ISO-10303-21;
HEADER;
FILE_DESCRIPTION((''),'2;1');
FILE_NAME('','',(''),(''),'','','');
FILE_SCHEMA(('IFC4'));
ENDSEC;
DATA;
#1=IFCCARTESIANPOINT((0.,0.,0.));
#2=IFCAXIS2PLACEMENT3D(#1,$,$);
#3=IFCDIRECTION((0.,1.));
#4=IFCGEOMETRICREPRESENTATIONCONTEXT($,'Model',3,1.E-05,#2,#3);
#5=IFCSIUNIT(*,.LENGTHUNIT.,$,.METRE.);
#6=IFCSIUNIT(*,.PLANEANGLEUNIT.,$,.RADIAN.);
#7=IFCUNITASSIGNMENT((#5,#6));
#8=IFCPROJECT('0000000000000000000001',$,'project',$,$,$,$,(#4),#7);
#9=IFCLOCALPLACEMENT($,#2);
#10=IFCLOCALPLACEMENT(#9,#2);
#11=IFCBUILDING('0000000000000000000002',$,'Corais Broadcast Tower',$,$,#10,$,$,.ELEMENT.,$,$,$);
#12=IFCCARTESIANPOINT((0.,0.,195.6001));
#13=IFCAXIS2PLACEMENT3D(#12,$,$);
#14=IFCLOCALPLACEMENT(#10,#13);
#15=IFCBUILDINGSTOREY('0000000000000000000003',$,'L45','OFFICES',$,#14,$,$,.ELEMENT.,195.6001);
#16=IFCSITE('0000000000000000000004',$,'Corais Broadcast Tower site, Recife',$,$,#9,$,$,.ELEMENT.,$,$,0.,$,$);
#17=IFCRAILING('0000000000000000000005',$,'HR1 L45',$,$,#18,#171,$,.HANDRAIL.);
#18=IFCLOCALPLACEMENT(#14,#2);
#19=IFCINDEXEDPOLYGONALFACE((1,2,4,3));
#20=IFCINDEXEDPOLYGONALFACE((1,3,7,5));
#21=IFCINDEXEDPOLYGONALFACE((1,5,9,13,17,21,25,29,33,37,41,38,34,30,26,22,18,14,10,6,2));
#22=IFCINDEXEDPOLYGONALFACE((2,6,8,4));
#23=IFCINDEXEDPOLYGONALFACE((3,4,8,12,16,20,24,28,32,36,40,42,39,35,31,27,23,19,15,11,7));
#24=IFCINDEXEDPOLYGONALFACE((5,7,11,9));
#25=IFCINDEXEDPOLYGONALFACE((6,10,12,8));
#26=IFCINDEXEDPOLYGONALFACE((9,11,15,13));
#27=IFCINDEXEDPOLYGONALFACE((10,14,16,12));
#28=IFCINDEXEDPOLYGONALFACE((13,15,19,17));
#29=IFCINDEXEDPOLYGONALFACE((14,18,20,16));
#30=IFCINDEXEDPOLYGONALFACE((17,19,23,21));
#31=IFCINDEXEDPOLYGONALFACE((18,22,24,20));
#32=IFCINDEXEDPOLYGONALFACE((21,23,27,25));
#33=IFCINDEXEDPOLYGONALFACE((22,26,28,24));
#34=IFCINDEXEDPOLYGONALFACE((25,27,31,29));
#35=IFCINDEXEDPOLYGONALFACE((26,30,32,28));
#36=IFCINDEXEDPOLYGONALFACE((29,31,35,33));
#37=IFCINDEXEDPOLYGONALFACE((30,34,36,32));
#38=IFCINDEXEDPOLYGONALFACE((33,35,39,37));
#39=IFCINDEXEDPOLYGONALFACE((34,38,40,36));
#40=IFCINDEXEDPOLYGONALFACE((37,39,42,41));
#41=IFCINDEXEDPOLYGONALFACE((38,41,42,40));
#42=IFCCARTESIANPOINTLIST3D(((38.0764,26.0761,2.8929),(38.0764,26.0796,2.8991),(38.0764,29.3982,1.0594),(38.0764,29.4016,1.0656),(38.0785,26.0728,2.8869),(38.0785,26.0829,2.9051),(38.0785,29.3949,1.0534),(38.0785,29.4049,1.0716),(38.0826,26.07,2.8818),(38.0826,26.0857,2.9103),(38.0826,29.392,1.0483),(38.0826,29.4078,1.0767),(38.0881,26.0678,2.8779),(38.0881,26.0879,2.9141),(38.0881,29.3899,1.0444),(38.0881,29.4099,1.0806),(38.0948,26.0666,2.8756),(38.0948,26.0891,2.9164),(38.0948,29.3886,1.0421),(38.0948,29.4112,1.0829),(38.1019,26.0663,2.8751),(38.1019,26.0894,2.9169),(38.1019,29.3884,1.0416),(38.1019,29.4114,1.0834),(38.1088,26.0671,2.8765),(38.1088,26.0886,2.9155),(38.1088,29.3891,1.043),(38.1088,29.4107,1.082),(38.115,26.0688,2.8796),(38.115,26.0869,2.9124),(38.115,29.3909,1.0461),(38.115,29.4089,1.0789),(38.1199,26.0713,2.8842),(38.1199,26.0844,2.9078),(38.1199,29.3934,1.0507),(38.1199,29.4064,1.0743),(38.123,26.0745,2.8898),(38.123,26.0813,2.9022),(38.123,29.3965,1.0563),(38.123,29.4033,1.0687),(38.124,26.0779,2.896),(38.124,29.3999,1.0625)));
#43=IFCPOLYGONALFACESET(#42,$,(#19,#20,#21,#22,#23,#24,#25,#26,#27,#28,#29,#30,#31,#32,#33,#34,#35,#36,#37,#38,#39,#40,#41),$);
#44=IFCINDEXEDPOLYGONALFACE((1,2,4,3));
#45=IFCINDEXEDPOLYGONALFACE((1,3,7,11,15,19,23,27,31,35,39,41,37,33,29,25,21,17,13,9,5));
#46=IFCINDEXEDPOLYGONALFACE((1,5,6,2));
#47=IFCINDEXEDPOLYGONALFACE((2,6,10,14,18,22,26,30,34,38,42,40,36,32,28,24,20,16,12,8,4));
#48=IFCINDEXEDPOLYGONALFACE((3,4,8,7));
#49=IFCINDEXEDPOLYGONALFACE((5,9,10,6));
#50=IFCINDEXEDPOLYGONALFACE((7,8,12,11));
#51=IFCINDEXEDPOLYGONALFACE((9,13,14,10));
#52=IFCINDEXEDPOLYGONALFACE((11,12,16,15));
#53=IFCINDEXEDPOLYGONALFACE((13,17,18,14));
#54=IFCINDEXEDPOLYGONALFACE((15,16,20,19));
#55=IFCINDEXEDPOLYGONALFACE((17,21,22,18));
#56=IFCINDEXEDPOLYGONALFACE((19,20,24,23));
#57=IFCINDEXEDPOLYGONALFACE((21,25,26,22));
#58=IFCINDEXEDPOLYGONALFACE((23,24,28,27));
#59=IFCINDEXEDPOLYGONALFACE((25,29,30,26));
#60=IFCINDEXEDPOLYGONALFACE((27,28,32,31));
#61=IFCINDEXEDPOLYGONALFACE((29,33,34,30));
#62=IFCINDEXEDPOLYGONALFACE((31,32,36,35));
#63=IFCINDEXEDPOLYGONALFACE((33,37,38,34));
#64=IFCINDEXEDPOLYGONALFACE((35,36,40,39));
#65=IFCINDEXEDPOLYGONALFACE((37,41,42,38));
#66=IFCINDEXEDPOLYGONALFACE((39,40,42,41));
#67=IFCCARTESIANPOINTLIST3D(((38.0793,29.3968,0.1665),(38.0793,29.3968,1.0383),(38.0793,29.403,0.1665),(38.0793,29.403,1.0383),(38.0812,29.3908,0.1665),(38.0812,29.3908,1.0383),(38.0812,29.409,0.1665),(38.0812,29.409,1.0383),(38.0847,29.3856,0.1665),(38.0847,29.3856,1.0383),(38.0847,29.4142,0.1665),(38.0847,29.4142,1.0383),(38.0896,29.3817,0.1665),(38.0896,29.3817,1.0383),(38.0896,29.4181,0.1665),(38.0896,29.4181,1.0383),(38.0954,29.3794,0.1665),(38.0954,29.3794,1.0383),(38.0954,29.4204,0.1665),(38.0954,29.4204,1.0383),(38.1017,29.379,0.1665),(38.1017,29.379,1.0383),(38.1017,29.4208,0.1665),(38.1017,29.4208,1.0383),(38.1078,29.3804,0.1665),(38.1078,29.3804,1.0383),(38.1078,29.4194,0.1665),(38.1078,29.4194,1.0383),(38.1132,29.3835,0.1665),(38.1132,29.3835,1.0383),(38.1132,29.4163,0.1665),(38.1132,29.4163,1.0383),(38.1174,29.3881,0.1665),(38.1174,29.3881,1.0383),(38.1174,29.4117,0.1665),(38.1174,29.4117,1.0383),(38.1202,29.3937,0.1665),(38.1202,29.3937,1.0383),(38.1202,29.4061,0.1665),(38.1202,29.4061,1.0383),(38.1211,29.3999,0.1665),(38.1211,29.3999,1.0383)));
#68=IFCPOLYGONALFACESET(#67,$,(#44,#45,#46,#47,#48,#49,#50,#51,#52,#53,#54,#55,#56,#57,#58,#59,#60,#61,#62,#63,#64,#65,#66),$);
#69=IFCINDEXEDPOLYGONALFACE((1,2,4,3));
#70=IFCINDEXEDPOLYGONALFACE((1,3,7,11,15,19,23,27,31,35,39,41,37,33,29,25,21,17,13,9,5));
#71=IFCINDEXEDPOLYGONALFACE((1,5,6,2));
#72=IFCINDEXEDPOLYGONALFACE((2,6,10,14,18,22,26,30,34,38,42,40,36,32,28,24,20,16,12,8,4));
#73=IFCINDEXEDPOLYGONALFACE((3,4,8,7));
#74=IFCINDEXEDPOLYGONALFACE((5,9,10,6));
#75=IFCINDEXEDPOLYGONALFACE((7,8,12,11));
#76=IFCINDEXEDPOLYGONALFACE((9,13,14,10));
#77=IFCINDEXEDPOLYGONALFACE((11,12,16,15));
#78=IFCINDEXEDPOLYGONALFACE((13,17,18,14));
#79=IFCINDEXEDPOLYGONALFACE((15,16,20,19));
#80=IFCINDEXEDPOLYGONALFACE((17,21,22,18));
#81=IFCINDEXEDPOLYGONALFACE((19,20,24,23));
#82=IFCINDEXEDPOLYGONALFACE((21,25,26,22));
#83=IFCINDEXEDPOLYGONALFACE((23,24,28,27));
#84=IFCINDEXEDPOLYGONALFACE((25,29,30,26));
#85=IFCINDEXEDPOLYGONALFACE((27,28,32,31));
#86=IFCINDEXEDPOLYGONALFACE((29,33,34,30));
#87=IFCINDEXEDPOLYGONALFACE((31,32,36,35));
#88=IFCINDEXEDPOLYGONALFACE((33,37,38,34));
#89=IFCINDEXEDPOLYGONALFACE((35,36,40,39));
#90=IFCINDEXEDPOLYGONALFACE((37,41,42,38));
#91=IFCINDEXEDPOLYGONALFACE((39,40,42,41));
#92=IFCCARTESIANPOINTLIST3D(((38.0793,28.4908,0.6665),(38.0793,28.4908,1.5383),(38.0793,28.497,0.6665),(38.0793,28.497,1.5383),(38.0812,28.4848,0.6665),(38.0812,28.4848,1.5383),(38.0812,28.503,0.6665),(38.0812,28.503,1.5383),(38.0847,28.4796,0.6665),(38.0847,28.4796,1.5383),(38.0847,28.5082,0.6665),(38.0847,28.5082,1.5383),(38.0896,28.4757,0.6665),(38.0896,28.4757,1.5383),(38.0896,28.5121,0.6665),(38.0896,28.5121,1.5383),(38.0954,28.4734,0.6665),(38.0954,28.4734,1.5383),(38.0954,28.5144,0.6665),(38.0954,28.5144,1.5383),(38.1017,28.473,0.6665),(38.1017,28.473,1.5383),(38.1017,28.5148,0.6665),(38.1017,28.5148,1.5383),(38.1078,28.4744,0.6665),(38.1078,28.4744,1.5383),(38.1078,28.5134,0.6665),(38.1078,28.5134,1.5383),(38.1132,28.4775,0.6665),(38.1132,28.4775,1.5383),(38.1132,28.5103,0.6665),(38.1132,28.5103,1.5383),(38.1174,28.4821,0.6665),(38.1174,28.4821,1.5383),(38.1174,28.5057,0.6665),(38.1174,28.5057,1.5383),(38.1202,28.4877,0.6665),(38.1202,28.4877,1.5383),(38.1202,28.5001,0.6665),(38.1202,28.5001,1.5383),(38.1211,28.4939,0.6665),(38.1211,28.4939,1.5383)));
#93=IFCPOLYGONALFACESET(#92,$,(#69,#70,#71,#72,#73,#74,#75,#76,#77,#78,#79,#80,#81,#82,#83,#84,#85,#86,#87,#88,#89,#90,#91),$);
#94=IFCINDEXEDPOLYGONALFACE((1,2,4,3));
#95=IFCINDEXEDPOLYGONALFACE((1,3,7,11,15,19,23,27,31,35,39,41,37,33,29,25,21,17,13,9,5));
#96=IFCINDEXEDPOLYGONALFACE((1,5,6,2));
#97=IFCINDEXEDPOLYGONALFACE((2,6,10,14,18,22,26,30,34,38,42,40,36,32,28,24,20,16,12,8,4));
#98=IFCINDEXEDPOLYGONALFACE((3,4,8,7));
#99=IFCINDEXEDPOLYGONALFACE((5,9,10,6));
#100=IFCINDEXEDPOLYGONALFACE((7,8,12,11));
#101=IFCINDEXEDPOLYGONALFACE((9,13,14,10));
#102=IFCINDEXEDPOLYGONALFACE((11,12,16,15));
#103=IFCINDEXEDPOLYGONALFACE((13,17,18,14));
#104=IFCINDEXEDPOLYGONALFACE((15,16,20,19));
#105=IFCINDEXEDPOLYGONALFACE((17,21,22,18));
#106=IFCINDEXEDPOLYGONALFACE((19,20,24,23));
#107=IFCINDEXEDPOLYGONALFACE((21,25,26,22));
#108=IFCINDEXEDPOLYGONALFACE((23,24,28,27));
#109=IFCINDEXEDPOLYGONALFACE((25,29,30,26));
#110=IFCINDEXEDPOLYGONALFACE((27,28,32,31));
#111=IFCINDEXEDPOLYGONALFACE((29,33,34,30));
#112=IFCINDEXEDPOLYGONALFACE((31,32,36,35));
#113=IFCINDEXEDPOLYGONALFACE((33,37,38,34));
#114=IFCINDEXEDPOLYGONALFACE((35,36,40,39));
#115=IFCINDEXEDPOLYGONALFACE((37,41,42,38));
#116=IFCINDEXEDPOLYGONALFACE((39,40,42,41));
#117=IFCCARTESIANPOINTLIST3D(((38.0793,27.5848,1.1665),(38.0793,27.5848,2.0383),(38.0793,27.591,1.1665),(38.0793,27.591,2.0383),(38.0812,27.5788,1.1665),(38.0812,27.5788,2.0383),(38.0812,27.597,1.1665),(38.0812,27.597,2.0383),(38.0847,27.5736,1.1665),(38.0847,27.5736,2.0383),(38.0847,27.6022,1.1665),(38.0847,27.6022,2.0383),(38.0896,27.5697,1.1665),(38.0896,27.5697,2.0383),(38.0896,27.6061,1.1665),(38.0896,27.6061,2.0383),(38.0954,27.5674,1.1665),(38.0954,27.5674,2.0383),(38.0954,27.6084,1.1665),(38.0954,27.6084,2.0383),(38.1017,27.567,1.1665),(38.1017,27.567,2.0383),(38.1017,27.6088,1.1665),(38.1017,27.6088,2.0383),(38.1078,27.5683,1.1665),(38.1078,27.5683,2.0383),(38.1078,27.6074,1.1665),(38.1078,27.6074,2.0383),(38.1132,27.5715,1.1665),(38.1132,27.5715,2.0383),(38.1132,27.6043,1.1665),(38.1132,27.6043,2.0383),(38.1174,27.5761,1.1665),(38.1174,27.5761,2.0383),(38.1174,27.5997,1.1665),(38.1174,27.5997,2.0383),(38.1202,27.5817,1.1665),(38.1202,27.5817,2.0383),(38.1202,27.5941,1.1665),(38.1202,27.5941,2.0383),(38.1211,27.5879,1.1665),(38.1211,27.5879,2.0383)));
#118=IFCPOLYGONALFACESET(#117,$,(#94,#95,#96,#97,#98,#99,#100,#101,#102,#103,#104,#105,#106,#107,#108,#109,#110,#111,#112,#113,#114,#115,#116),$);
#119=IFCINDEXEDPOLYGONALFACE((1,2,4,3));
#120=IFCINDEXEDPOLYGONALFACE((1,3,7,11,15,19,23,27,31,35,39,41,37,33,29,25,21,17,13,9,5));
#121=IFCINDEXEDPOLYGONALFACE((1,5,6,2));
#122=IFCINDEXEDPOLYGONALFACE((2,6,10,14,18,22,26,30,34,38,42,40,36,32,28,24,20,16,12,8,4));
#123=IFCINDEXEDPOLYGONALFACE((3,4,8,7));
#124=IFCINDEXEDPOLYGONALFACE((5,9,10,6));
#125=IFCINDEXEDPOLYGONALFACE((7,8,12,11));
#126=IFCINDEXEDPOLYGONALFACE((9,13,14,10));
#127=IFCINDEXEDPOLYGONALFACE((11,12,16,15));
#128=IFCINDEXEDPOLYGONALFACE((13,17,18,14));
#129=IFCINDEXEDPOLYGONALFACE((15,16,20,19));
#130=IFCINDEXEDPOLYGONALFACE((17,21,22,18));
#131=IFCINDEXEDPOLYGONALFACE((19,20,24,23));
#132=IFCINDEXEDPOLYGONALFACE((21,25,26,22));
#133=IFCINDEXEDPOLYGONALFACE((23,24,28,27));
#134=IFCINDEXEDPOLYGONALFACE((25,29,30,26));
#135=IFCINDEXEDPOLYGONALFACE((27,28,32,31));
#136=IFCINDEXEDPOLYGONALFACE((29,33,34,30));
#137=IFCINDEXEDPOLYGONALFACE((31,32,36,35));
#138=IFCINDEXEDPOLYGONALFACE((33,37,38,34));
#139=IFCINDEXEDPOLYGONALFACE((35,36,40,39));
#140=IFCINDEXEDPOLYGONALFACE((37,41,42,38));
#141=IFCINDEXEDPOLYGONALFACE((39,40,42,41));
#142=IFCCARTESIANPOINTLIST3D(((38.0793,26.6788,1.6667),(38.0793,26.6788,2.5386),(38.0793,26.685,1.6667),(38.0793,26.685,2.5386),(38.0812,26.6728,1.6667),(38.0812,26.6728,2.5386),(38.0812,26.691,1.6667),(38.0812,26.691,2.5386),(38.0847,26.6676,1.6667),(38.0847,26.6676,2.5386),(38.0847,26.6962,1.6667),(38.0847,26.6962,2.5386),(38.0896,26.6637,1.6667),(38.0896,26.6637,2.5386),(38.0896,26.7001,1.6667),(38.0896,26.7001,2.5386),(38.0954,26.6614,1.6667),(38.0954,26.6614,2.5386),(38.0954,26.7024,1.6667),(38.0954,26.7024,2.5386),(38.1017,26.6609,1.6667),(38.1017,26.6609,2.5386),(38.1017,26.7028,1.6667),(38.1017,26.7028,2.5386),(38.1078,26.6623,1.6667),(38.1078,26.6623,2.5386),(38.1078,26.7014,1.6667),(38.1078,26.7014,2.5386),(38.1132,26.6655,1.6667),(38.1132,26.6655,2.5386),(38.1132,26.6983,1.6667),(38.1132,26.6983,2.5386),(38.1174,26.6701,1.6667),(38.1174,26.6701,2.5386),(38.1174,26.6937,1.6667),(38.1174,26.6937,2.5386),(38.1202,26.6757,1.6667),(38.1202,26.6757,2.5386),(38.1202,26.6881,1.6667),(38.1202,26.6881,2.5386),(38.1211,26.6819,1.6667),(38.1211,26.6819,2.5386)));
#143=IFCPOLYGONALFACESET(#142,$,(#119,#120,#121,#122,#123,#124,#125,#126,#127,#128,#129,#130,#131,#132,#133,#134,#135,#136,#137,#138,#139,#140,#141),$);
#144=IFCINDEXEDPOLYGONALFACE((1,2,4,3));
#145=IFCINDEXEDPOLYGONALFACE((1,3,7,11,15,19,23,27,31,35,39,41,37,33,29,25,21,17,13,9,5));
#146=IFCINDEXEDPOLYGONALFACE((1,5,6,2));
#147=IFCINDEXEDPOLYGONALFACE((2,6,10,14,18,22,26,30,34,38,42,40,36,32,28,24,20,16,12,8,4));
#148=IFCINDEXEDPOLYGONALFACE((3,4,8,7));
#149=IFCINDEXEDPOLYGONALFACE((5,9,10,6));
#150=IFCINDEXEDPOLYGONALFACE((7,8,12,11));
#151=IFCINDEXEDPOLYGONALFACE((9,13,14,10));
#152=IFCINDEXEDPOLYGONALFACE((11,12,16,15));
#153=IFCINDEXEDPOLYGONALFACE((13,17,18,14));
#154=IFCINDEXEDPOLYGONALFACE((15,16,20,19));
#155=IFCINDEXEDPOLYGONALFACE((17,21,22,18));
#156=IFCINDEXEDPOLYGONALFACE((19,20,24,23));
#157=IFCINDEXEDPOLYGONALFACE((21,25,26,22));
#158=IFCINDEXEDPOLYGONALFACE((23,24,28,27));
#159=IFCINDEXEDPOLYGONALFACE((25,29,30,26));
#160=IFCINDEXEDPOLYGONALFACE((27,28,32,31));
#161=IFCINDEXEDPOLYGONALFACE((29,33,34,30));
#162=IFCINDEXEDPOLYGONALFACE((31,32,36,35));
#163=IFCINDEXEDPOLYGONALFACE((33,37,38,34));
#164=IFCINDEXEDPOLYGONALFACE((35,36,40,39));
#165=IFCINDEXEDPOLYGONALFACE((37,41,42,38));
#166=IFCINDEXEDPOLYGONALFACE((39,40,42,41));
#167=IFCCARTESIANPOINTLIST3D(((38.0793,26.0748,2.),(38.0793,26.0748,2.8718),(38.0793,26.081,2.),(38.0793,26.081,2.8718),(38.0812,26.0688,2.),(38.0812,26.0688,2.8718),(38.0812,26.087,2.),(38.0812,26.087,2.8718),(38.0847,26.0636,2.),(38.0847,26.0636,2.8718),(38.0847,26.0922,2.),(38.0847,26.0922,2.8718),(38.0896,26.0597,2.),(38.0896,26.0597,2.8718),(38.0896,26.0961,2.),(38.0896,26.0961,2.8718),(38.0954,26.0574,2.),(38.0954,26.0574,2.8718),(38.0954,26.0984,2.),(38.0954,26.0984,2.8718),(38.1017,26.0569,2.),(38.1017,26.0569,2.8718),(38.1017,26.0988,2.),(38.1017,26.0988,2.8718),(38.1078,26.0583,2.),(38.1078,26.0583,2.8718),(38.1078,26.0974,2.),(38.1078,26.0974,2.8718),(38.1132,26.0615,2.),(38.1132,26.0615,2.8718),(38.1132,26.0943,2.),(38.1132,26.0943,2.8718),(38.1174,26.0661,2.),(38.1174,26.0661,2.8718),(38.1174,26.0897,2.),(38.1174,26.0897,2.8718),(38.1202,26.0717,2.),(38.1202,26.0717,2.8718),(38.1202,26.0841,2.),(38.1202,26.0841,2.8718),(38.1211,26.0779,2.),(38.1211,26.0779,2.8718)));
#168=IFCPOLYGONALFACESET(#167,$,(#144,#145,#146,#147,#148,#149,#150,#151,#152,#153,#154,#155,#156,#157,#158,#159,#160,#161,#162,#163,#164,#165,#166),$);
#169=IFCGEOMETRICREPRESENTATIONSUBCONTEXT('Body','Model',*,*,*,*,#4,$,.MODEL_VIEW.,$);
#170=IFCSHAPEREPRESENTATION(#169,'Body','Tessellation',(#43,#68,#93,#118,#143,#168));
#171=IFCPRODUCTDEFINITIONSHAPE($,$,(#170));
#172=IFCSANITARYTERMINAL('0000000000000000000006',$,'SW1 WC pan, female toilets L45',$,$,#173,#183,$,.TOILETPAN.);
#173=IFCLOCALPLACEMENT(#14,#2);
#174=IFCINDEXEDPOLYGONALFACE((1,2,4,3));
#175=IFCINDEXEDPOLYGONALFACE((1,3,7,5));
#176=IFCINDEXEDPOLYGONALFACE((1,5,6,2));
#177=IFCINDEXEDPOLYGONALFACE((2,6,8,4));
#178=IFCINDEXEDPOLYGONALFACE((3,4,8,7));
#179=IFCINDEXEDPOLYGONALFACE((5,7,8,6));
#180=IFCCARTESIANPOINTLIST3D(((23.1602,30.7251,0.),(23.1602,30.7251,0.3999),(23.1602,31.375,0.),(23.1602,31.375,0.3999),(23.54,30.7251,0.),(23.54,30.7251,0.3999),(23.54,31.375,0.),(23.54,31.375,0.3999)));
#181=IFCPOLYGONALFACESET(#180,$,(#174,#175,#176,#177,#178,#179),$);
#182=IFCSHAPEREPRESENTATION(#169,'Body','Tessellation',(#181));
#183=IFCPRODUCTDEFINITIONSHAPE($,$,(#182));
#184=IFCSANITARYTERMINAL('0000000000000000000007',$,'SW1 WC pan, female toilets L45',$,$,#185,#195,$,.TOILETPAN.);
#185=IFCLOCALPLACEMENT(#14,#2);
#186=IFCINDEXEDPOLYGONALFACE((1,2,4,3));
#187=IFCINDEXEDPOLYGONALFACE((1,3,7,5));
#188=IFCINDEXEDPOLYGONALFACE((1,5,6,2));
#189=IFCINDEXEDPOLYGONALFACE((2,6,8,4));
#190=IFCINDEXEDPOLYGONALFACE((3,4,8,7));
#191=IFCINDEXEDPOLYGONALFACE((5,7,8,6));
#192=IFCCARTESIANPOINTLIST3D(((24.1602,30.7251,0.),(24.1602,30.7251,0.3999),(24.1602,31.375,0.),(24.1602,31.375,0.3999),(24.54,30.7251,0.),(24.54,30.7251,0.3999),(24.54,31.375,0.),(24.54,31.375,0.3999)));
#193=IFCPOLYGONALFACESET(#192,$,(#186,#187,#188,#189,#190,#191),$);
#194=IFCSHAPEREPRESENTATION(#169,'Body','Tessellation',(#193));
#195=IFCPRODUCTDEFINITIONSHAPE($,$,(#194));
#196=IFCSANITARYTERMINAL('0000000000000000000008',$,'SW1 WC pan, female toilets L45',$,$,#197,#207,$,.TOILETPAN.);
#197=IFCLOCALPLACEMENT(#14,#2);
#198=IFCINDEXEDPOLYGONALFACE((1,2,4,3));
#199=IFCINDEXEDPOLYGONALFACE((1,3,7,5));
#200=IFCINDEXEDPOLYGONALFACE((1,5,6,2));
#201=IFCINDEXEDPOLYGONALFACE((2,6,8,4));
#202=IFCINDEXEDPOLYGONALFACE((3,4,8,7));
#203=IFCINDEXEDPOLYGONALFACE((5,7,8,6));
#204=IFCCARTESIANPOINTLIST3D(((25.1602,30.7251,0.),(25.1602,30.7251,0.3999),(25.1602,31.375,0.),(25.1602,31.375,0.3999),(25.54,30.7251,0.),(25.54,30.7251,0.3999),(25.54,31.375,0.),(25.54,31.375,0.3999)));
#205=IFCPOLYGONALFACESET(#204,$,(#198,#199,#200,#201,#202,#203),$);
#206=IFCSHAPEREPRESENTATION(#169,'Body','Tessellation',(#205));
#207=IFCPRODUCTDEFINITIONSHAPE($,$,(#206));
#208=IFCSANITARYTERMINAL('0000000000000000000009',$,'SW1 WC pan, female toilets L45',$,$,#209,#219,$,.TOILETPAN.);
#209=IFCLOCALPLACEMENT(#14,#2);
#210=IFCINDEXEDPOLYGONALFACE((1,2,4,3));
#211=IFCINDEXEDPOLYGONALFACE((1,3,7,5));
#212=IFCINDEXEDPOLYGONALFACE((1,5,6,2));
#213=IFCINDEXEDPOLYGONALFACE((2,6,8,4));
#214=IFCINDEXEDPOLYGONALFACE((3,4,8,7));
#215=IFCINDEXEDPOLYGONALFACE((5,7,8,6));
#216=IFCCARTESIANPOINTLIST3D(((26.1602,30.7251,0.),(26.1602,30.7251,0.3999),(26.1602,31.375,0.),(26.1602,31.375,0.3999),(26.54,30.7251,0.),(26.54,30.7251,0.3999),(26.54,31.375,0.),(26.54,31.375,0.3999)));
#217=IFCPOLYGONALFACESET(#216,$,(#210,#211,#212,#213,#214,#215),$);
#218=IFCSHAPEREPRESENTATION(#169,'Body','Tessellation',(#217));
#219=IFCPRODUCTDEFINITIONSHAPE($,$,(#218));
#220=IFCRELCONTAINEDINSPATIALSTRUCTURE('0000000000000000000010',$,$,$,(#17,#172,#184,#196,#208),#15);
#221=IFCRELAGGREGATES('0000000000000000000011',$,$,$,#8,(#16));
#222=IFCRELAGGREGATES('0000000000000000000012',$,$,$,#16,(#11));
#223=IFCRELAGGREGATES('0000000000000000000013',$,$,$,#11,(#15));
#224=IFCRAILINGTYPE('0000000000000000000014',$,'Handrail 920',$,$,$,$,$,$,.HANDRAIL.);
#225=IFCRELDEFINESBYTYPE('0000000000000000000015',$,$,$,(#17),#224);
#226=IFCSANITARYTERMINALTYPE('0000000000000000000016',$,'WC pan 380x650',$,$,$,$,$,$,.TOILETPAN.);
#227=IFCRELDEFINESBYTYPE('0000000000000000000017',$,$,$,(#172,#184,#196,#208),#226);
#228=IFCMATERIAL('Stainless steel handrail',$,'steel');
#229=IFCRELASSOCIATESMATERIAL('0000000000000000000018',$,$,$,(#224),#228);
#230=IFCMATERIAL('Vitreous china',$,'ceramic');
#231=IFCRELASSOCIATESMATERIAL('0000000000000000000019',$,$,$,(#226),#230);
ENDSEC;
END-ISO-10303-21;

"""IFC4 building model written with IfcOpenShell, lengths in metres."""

from ifc_helpers import new_model, si_unit, direction, frame, origin, origin_2d, place, context, subcontext, project, spatial, rectangle, circle, extrude, material, type_object, element, save


model = new_model("IFC4")

# Units and contexts
model_context = context("Model", 3, precision=1e-05, world=origin(), true_north=direction((0.0, 1.0)))
body_context = subcontext(model_context, "Body", "Model", "MODEL_VIEW")
ifc_project = project(units=[si_unit("LENGTHUNIT", "METRE"), si_unit("PLANEANGLEUNIT", "RADIAN")], contexts=[model_context])

# Site, building, storey
site_placement = place(None, origin())
site = spatial("IfcSite", under=ifc_project, at=site_placement, Name="Corais Broadcast Tower site, Recife", CompositionType="ELEMENT", RefElevation=0.0)
building_placement = place(site_placement, origin())
building = spatial("IfcBuilding", under=site, at=building_placement, Name="Corais Broadcast Tower", CompositionType="ELEMENT")
storey_placement = place(building_placement, frame((0.0, 0.0, 195.6001)))
storey = spatial("IfcBuildingStorey", under=building, at=storey_placement, Name="L45", Description="OFFICES", CompositionType="ELEMENT", Elevation=195.6001)

# Railing
ifc_material_1 = material(Name="Stainless steel handrail", Category="steel")
railing_type = type_object("IfcRailingType", Name="Handrail 920", PredefinedType="HANDRAIL", material=ifc_material_1)
for number, where, name in (
    (1, (38.1001, 29.3999, 0.1665), "HR1 L45"),
):
    element("IfcRailing", number, at=place(storey_placement, frame(where)), inside=storey, type_object=railing_type, Name=name, PredefinedType="HANDRAIL", context=body_context, shape_type="SweptSolid", body=[
        extrude(circle(Radius=0.0239, at=origin_2d()), frame((0.0, 0.0, 0.896), z_axis=(0.0, -0.875504, 0.48321), x_axis=(1.0, 0.0, 0.0)), (0.0, 0.0, 1.0), 3.7944),
        extrude(circle(Radius=0.021, at=origin_2d()), origin(), (0.0, 0.0, 1.0), 0.8718),
        extrude(circle(Radius=0.021, at=origin_2d()), frame((0.0, -0.906, 0.5)), (0.0, 0.0, 1.0), 0.8718),
        extrude(circle(Radius=0.021, at=origin_2d()), frame((0.0, -1.812, 1.0)), (0.0, 0.0, 1.0), 0.8718),
        extrude(circle(Radius=0.021, at=origin_2d()), frame((0.0, -2.718, 1.5002)), (0.0, 0.0, 1.0), 0.8718),
        extrude(circle(Radius=0.021, at=origin_2d()), frame((0.0, -3.322, 1.8335)), (0.0, 0.0, 1.0), 0.8718),
    ])

# Sanitary terminals
ifc_material_2 = material(Name="Vitreous china", Category="ceramic")
sanitary_terminal_type_1 = type_object("IfcSanitaryTerminalType", Name="WC pan 380x650", PredefinedType="TOILETPAN", material=ifc_material_2)
for number, where, z_axis, x_axis, name in (
    (2, (23.3501, 31.05, 0.0), (0.0, 0.0, 1.0), (1.0, 0.0, 0.0), "SW1 WC pan, female toilets L45"),
    (3, (24.3501, 31.05, 0.0), (0.0, 0.0, 1.0), (1.0, 0.0, 0.0), "SW1 WC pan, female toilets L45"),
    (4, (25.3501, 31.05, 0.0), (0.0, 0.0, 1.0), (1.0, 0.0, 0.0), "SW1 WC pan, female toilets L45"),
    (5, (26.3501, 31.05, 0.0), (0.0, 0.0, 1.0), (1.0, 0.0, 0.0), "SW1 WC pan, female toilets L45"),
):
    element("IfcSanitaryTerminal", number, at=place(storey_placement, frame(where, z_axis=z_axis, x_axis=x_axis)), inside=storey, type_object=sanitary_terminal_type_1, Name=name, PredefinedType="TOILETPAN", context=body_context, shape_type="SweptSolid", body=[
        extrude(rectangle(XDim=0.3799, YDim=0.6499, at=origin_2d()), origin(), (0.0, 0.0, 1.0), 0.3999),
    ])

save(model, "model.ifc")
